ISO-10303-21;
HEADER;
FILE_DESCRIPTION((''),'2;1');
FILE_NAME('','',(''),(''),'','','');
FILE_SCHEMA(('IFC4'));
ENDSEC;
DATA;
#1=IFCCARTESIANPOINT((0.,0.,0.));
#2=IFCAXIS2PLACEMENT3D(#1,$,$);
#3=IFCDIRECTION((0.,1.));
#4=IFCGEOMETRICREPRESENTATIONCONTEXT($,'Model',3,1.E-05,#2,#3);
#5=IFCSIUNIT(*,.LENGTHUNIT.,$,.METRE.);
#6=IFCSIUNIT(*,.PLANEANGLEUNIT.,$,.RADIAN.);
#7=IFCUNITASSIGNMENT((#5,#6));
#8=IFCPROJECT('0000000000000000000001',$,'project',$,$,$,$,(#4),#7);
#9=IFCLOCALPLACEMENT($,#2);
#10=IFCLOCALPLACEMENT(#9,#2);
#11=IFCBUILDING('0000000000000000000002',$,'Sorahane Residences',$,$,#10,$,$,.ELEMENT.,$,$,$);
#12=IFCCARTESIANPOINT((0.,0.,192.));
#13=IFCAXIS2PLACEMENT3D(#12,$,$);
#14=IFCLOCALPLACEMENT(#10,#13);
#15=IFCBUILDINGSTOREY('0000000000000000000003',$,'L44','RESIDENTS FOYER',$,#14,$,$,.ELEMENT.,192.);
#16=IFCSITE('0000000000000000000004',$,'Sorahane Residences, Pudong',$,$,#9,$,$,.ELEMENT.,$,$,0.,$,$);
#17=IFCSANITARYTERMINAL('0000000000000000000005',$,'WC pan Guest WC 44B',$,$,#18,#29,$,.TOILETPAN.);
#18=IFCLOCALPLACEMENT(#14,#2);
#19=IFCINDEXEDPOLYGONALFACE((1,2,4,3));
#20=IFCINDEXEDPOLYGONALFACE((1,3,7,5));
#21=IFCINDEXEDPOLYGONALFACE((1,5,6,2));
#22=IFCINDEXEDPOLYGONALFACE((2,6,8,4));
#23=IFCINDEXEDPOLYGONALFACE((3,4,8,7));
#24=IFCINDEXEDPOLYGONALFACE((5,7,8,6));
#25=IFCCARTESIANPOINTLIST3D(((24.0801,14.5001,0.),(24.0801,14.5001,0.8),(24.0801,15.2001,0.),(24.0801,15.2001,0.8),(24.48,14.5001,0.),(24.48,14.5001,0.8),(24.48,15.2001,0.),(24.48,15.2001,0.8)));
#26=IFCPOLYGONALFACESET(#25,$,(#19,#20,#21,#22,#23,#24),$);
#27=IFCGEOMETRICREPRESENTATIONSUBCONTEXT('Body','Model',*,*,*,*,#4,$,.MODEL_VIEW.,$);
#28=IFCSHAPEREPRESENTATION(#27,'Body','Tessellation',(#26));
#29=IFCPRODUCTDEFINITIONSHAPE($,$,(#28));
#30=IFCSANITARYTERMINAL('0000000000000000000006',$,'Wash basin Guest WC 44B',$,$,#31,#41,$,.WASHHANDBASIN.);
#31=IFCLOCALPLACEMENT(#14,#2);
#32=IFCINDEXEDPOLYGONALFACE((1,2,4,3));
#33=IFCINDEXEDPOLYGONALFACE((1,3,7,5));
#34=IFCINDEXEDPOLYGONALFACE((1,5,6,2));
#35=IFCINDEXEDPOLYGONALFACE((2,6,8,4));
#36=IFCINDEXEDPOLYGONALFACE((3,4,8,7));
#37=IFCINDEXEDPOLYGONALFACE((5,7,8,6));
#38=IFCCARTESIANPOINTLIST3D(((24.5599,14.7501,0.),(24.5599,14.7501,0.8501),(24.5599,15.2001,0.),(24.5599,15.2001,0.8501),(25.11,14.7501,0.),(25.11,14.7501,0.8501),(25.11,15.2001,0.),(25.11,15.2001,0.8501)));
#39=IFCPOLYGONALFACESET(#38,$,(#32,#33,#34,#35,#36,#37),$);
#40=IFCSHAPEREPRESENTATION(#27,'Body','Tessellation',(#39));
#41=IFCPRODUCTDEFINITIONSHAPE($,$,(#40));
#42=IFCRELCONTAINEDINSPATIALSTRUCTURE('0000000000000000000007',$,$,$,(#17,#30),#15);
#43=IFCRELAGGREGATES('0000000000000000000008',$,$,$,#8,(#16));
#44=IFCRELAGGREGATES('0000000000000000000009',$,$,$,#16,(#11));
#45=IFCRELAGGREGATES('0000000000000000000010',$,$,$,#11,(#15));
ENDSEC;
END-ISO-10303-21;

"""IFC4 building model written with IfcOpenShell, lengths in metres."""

from ifc_helpers import new_model, si_unit, direction, frame, origin, origin_2d, place, context, subcontext, project, spatial, rectangle, extrude, element, save


model = new_model("IFC4")

# Units and contexts
model_context = context("Model", 3, precision=1e-05, world=origin(), true_north=direction((0.0, 1.0)))
body_context = subcontext(model_context, "Body", "Model", "MODEL_VIEW")
ifc_project = project(units=[si_unit("LENGTHUNIT", "METRE"), si_unit("PLANEANGLEUNIT", "RADIAN")], contexts=[model_context])

# Site, building, storey
site_placement = place(None, origin())
site = spatial("IfcSite", under=ifc_project, at=site_placement, Name="Sorahane Residences, Pudong", CompositionType="ELEMENT", RefElevation=0.0)
building_placement = place(site_placement, origin())
building = spatial("IfcBuilding", under=site, at=building_placement, Name="Sorahane Residences", CompositionType="ELEMENT")
storey_placement = place(building_placement, frame((0.0, 0.0, 192.0)))
storey = spatial("IfcBuildingStorey", under=building, at=storey_placement, Name="L44", Description="RESIDENTS FOYER", CompositionType="ELEMENT", Elevation=192.0)

# Sanitary terminals
sanitary_terminal_1_placement = place(storey_placement, frame((24.28, 14.8501, 0.0), z_axis=(0.0, 0.0, 1.0), x_axis=(1.0, 0.0, 0.0)))
element("IfcSanitaryTerminal", 1, at=sanitary_terminal_1_placement, inside=storey, Name="WC pan Guest WC 44B", PredefinedType="TOILETPAN", context=body_context, shape_type="SweptSolid", body=[
    extrude(rectangle(XDim=0.3999, YDim=0.7, at=origin_2d()), origin(), (0.0, 0.0, 1.0), 0.8),
])
sanitary_terminal_2_placement = place(storey_placement, frame((24.835, 14.9751, 0.0), z_axis=(0.0, 0.0, 1.0), x_axis=(1.0, 0.0, 0.0)))
element("IfcSanitaryTerminal", 2, at=sanitary_terminal_2_placement, inside=storey, Name="Wash basin Guest WC 44B", PredefinedType="WASHHANDBASIN", context=body_context, shape_type="SweptSolid", body=[
    extrude(rectangle(XDim=0.55, YDim=0.45, at=origin_2d()), origin(), (0.0, 0.0, 1.0), 0.8501),
])

save(model, "model.ifc")
